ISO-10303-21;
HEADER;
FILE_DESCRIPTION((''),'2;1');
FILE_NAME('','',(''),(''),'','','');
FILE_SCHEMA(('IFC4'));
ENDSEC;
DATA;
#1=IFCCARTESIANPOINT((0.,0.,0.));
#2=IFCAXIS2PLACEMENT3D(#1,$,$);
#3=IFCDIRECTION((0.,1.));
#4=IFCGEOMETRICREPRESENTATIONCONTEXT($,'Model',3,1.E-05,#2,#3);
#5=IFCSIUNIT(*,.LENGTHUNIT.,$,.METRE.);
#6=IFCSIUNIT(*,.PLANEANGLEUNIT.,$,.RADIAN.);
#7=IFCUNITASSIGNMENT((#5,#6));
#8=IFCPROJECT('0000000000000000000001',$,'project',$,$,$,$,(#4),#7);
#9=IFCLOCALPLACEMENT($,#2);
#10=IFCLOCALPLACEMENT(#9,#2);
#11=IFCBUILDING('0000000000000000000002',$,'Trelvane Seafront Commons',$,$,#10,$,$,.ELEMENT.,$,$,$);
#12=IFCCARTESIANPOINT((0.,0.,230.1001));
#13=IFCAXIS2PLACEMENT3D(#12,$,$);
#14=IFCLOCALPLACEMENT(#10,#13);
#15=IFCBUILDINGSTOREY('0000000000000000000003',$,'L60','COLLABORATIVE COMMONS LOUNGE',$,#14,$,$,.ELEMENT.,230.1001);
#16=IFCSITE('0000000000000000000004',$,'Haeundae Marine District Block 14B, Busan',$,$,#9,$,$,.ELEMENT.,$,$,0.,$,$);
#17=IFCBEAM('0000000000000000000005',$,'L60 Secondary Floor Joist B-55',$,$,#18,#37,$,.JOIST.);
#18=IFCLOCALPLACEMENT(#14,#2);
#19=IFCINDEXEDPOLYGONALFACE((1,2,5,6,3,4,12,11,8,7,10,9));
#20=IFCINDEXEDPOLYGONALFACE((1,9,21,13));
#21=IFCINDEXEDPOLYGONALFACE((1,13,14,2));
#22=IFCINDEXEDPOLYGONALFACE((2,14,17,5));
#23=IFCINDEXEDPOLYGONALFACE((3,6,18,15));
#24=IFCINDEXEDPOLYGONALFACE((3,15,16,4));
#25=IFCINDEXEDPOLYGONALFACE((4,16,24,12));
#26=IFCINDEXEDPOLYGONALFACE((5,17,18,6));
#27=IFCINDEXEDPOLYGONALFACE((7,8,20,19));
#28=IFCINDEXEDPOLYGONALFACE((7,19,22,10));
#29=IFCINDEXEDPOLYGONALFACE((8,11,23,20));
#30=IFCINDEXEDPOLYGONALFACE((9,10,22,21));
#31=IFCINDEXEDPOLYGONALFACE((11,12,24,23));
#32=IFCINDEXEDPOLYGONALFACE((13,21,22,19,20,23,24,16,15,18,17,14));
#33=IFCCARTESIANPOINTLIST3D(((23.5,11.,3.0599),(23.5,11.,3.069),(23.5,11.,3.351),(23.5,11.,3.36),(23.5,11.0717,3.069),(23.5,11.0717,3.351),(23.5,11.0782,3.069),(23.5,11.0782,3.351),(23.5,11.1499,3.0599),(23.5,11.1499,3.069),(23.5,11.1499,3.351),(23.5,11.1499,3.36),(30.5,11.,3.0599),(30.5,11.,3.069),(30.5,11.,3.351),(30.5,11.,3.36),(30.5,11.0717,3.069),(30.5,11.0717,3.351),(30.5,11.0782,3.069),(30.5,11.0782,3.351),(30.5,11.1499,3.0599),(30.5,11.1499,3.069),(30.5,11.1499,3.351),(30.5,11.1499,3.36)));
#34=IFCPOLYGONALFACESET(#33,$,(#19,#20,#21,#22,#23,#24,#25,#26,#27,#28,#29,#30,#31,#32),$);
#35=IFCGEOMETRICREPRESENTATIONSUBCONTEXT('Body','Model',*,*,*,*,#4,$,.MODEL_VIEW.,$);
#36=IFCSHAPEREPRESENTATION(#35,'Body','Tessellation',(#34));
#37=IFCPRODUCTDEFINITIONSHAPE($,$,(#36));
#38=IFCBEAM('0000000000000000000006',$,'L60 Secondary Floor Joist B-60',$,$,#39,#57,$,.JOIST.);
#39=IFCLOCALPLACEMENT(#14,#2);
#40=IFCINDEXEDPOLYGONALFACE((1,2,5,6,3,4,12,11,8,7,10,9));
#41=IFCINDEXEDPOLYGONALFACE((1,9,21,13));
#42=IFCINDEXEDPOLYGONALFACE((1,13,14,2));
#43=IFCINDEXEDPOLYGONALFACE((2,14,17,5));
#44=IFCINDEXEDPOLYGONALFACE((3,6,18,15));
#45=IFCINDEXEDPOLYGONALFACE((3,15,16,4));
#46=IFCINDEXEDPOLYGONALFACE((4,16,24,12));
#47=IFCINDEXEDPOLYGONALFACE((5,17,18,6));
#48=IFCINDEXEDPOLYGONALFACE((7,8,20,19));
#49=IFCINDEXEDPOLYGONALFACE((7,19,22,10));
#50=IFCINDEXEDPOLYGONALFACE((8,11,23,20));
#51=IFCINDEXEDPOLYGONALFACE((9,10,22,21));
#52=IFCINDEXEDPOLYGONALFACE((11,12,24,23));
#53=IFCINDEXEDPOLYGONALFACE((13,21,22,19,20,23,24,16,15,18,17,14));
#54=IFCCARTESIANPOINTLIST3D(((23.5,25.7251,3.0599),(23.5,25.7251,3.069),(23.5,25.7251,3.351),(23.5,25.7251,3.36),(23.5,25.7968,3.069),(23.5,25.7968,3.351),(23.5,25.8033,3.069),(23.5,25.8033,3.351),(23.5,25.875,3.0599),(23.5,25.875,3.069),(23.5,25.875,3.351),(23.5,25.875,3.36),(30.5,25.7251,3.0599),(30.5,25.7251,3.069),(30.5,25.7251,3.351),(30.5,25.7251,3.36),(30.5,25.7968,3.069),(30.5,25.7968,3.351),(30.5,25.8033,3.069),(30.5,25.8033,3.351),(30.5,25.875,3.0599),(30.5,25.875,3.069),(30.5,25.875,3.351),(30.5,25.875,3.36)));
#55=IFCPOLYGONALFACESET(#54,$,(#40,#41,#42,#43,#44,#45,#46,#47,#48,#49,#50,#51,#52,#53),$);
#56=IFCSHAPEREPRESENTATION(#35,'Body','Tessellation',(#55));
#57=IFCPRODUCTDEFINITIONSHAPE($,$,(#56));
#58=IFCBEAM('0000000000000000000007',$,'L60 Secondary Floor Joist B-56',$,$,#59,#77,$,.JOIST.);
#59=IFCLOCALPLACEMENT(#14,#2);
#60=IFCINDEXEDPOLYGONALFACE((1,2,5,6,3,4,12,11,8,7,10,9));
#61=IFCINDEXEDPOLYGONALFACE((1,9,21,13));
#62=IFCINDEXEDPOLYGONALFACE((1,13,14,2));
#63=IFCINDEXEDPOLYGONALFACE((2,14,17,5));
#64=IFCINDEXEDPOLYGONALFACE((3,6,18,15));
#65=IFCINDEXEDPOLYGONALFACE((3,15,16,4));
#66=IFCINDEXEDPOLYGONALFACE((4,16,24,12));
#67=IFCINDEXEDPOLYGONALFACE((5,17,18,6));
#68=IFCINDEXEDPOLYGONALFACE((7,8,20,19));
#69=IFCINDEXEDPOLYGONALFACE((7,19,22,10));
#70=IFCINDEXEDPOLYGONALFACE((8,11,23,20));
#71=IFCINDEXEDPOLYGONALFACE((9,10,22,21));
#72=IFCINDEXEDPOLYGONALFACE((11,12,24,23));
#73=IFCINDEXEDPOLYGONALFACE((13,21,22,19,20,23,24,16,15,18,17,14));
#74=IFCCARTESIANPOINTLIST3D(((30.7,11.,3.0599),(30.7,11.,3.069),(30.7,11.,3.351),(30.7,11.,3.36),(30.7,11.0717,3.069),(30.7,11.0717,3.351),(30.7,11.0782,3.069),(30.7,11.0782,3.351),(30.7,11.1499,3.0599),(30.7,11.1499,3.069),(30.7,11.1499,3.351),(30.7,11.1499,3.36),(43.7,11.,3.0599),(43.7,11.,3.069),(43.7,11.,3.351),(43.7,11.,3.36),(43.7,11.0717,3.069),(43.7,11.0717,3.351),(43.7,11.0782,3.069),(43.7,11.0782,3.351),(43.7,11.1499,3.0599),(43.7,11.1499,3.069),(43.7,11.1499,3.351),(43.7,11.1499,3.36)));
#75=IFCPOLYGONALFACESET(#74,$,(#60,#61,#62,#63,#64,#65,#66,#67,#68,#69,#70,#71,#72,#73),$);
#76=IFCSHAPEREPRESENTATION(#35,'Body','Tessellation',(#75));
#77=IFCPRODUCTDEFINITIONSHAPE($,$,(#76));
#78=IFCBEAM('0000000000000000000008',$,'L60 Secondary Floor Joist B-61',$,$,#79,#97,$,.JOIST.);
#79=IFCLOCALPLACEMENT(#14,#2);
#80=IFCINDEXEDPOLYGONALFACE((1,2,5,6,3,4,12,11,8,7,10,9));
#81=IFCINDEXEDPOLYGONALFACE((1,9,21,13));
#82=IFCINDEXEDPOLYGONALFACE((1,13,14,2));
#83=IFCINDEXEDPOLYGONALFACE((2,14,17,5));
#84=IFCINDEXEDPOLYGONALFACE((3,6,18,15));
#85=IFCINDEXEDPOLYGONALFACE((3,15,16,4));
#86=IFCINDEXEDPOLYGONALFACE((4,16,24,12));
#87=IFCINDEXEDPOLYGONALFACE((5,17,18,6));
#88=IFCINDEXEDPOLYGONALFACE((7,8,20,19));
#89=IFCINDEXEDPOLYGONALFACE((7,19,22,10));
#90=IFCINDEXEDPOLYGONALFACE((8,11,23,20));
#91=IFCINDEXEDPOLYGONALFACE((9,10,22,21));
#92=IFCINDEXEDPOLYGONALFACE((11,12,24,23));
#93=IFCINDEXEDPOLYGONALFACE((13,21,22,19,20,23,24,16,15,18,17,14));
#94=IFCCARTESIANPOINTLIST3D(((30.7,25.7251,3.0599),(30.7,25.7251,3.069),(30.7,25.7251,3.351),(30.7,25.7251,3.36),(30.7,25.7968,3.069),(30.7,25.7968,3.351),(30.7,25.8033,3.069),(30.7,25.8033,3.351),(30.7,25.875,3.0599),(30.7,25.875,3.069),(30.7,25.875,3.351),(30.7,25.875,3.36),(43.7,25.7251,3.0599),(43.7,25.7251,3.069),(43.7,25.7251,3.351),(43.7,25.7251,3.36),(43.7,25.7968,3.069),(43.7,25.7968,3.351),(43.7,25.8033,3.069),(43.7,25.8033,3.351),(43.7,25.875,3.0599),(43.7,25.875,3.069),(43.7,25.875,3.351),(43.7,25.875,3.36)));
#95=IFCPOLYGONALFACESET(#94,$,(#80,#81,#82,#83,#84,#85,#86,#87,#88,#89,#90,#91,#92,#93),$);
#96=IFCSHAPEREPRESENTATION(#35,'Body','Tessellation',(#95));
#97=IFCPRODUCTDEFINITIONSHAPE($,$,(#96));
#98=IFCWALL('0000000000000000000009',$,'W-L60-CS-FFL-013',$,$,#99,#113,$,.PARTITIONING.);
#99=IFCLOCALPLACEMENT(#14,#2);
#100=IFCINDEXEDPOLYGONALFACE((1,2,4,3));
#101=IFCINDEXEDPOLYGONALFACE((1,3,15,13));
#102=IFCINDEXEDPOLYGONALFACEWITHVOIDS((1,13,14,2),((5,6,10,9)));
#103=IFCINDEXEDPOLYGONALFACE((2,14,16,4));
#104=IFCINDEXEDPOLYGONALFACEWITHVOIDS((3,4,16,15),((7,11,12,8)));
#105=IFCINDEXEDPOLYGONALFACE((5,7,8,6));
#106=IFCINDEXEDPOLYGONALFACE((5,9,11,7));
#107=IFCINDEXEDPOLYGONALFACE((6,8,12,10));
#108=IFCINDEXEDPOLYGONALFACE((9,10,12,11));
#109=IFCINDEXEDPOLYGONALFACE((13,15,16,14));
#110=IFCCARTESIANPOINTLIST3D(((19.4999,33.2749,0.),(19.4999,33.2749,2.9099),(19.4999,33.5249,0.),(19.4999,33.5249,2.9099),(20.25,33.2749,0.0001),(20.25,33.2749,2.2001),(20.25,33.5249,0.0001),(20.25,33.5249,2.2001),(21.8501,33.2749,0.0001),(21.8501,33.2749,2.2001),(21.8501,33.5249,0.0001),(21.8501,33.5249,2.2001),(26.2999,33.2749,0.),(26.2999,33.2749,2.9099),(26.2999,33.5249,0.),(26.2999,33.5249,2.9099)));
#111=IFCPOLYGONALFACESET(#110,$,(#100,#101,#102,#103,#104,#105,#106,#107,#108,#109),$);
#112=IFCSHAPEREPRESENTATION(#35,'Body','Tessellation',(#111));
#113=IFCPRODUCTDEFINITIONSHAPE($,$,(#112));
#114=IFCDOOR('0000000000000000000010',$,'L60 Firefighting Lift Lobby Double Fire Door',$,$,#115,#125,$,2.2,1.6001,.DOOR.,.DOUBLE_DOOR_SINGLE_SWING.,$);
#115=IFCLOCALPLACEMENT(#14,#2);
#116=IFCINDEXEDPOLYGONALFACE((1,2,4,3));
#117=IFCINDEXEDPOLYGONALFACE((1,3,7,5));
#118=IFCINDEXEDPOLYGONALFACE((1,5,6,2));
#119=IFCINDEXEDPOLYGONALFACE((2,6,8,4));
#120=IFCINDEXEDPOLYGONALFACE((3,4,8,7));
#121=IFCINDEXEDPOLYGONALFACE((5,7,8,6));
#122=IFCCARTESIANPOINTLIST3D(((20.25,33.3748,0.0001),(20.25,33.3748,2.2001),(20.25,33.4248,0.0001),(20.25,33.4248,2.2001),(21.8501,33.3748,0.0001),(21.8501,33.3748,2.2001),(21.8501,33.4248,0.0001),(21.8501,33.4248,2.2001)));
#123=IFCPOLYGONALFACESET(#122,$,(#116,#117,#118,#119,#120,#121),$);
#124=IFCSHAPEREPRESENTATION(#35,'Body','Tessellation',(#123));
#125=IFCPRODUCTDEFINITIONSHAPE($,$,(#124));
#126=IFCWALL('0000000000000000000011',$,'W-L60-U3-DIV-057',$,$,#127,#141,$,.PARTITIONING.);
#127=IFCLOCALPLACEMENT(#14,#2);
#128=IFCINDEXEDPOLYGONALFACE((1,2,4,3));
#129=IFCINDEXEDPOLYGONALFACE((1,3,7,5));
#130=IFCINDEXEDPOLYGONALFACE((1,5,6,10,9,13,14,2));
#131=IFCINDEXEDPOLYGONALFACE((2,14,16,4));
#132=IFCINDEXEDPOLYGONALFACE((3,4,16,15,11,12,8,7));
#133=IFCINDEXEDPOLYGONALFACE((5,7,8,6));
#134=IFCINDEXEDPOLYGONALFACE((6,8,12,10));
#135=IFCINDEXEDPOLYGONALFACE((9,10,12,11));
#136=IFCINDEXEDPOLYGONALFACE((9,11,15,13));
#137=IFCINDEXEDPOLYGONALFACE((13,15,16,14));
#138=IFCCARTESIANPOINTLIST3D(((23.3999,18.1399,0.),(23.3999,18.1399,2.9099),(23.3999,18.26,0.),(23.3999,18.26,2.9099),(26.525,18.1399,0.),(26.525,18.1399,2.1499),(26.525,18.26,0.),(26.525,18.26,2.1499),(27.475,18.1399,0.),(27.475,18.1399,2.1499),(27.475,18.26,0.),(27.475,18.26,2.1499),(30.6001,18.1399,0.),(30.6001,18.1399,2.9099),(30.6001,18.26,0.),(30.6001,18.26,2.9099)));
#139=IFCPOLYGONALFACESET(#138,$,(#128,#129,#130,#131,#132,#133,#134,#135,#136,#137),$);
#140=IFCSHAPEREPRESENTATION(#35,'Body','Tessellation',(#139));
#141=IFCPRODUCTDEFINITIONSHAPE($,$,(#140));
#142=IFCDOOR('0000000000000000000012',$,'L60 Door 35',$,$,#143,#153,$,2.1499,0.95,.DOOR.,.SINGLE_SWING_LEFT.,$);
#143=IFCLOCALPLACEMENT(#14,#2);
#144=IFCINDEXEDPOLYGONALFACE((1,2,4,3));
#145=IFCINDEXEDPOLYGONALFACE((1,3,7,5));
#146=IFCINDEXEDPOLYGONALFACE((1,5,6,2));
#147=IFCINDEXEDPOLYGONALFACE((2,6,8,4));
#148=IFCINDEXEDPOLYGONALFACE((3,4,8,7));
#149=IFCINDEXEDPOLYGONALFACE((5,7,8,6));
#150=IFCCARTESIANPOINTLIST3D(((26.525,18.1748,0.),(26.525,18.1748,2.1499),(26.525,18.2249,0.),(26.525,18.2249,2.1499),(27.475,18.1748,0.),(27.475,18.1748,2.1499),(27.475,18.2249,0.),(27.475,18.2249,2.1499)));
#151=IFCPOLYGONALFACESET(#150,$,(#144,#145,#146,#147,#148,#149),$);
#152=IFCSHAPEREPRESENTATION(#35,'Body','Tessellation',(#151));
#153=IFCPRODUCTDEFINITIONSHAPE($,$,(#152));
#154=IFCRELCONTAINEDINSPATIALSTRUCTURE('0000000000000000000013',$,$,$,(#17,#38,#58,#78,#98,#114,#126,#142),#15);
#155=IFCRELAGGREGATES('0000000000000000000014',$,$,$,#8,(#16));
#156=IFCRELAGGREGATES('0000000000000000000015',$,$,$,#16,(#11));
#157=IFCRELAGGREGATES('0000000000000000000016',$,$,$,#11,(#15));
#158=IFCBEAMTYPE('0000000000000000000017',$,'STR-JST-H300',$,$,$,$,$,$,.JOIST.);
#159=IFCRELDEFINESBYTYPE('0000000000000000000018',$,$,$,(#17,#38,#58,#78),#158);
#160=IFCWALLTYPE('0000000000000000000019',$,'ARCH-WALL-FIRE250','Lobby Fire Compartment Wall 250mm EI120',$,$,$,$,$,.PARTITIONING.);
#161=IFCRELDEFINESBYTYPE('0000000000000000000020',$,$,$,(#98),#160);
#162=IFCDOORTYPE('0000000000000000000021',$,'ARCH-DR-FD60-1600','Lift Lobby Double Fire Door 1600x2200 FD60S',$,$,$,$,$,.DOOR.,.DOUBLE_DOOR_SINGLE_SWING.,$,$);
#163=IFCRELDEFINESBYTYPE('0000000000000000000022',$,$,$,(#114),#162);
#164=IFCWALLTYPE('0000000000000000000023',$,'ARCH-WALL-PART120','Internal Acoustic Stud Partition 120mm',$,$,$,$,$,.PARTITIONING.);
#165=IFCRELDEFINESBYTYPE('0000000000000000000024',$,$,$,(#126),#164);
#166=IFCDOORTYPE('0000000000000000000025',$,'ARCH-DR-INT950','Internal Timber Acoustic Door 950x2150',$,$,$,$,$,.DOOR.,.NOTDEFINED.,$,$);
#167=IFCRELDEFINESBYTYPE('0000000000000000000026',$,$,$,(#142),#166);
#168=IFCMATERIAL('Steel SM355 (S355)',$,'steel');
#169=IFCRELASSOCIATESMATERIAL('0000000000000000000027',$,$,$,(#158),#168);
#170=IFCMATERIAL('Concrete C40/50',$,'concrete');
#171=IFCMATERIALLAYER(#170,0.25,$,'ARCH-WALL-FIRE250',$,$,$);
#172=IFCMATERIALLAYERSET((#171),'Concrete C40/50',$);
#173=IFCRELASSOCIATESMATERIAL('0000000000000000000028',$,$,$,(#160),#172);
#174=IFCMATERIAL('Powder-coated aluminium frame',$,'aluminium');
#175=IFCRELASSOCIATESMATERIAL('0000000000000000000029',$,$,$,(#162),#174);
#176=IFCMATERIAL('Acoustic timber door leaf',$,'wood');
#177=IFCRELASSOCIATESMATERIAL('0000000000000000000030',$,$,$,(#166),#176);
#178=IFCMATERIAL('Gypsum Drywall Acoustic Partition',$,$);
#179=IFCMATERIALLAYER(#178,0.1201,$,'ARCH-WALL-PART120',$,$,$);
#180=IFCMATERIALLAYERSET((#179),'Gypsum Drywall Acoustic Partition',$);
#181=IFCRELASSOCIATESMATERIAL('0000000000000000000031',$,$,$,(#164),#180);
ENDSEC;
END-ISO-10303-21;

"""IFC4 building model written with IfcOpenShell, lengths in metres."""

from ifc_helpers import new_model, si_unit, direction, frame, frame_2d, origin, origin_2d, place, context, subcontext, project, spatial, rectangle, i_section, extrude, source, transform, mapped, material, layer, layer_set, material_profile, profile_set, type_object, element, fill, save


model = new_model("IFC4")

# Units and contexts
model_context = context("Model", 3, precision=1e-05, world=origin(), true_north=direction((0.0, 1.0)))
body_context = subcontext(model_context, "Body", "Model", "MODEL_VIEW")
ifc_project = project(units=[si_unit("LENGTHUNIT", "METRE"), si_unit("PLANEANGLEUNIT", "RADIAN")], contexts=[model_context])

# Site, building, storey
site_placement = place(None, origin())
site = spatial("IfcSite", under=ifc_project, at=site_placement, Name="Haeundae Marine District Block 14B, Busan", CompositionType="ELEMENT", RefElevation=0.0)
building_placement = place(site_placement, origin())
building = spatial("IfcBuilding", under=site, at=building_placement, Name="Trelvane Seafront Commons", CompositionType="ELEMENT")
storey_placement = place(building_placement, frame((0.0, 0.0, 230.1001)))
storey = spatial("IfcBuildingStorey", under=building, at=storey_placement, Name="L60", Description="COLLABORATIVE COMMONS LOUNGE", CompositionType="ELEMENT", Elevation=230.1001)

# Shared definitions
ifc_material_1 = material(Name="Steel SM355 (S355)", Category="steel")

# Beams
ifc_material_profile_1 = material_profile(ifc_material_1, i_section(OverallWidth=0.1499, OverallDepth=0.3, WebThickness=0.0066, FlangeThickness=0.009, at=origin_2d()), Name="H-300x150x6.5x9")
ifc_profile_set_1 = profile_set([ifc_material_profile_1], Name="Steel SM355 (S355)")
beam_type_1 = type_object("IfcBeamType", Name="STR-JST-H300", PredefinedType="JOIST", material=ifc_profile_set_1)
shared_shape_1 = source(origin(), body_context, "Body", "SweptSolid", [
    extrude(i_section(OverallWidth=0.1499, OverallDepth=0.3, WebThickness=0.0066, FlangeThickness=0.009, at=origin_2d()), origin(), (0.0, 0.0, 1.0), 7.0),
])
for number, where, z_axis, x_axis, name in (
    (1, (23.5, 11.075, 3.21), (1.0, 0.0, 0.0), (0.0, 1.0, 0.0), "L60 Secondary Floor Joist B-55"),
    (2, (23.5, 25.8, 3.21), (1.0, 0.0, 0.0), (0.0, 1.0, 0.0), "L60 Secondary Floor Joist B-60"),
):
    element("IfcBeam", number, at=place(storey_placement, frame(where, z_axis=z_axis, x_axis=x_axis)), inside=storey, type_object=beam_type_1, Name=name, PredefinedType="JOIST", context=body_context, shape_type="MappedRepresentation", body=[
        mapped(shared_shape_1, transform((0.0, 0.0, 0.0), x_axis=(1.0, 0.0, 0.0), y_axis=(0.0, 1.0, 0.0), z_axis=(0.0, 0.0, 1.0), scale=1.0)),
    ])
shared_shape_2 = source(origin(), body_context, "Body", "SweptSolid", [
    extrude(i_section(OverallWidth=0.1499, OverallDepth=0.3, WebThickness=0.0066, FlangeThickness=0.009, at=origin_2d()), origin(), (0.0, 0.0, 1.0), 13.0),
])
for number, where, z_axis, x_axis, name in (
    (3, (30.7, 11.075, 3.21), (1.0, 0.0, 0.0), (0.0, 1.0, 0.0), "L60 Secondary Floor Joist B-56"),
    (4, (30.7, 25.8, 3.21), (1.0, 0.0, 0.0), (0.0, 1.0, 0.0), "L60 Secondary Floor Joist B-61"),
):
    element("IfcBeam", number, at=place(storey_placement, frame(where, z_axis=z_axis, x_axis=x_axis)), inside=storey, type_object=beam_type_1, Name=name, PredefinedType="JOIST", context=body_context, shape_type="MappedRepresentation", body=[
        mapped(shared_shape_2, transform((0.0, 0.0, 0.0), x_axis=(1.0, 0.0, 0.0), y_axis=(0.0, 1.0, 0.0), z_axis=(0.0, 0.0, 1.0), scale=1.0)),
    ])

# Walls, openings, doors
ifc_material_2 = material(Name="Concrete C40/50", Category="concrete")
ifc_layer_1 = layer(ifc_material_2, 0.25, Name="ARCH-WALL-FIRE250")
ifc_layer_set_1 = layer_set([ifc_layer_1], Name="Concrete C40/50")
wall_type_1 = type_object("IfcWallType", Name="ARCH-WALL-FIRE250", Description="Lobby Fire Compartment Wall 250mm EI120", PredefinedType="PARTITIONING", material=ifc_layer_set_1)
wall_1_placement = place(storey_placement, frame((19.5, 33.3999, 0.0), z_axis=(0.0, 0.0, 1.0), x_axis=(1.0, 0.0, 0.0)))
wall_1 = element("IfcWall", 5, at=wall_1_placement, inside=storey, type_object=wall_type_1, Name="W-L60-CS-FFL-013", PredefinedType="PARTITIONING", context=body_context, shape_type="SweptSolid", body=[
    extrude(rectangle(XDim=6.8, YDim=0.25, at=frame_2d((3.3999, 0.0))), origin(), (0.0, 0.0, 1.0), 2.9099),
])
opening_1_placement = place(wall_1_placement, frame((0.75, 0.0, 0.0)))
opening_1 = element("IfcOpeningElement", 6, at=opening_1_placement, cuts=wall_1, PredefinedType="OPENING", context=body_context, shape_type="SweptSolid", body=[
    extrude(rectangle(XDim=1.6001, YDim=2.2, at=frame_2d((0.8, 1.1001))), frame((0.0, 0.135, 0.0), z_axis=(0.0, -1.0, 0.0), x_axis=(1.0, 0.0, 0.0)), (0.0, 0.0, 1.0), 0.27),
])
ifc_material_3 = material(Name="Powder-coated aluminium frame", Category="aluminium")
door_type_1 = type_object("IfcDoorType", Name="ARCH-DR-FD60-1600", Description="Lift Lobby Double Fire Door 1600x2200 FD60S", OperationType="DOUBLE_DOOR_SINGLE_SWING", PredefinedType="DOOR", material=ifc_material_3)
shared_shape_3 = source(origin(), body_context, "Body", "SweptSolid", [
    extrude(rectangle(XDim=1.6001, YDim=2.2, at=frame_2d((0.8, 1.1001))), frame((0.0, 0.0249, 0.0), z_axis=(0.0, -1.0, 0.0), x_axis=(1.0, 0.0, 0.0)), (0.0, 0.0, 1.0), 0.05),
])
door_1_placement = place(opening_1_placement, origin())
door_1 = element("IfcDoor", 7, at=door_1_placement, inside=storey, type_object=door_type_1, Name="L60 Firefighting Lift Lobby Double Fire Door", OperationType="DOUBLE_DOOR_SINGLE_SWING", OverallHeight=2.2, OverallWidth=1.6001, PredefinedType="DOOR", context=body_context, shape_type="MappedRepresentation", body=[
    mapped(shared_shape_3, transform((0.0, 0.0, 0.0), x_axis=(1.0, 0.0, 0.0), y_axis=(0.0, 1.0, 0.0), z_axis=(0.0, 0.0, 1.0), scale=1.0)),
])
fill(opening_1, door_1)
ifc_material_4 = material(Name="Acoustic timber door leaf", Category="wood")
door_type_2 = type_object("IfcDoorType", Name="ARCH-DR-INT950", Description="Internal Timber Acoustic Door 950x2150", OperationType="NOTDEFINED", PredefinedType="DOOR", material=ifc_material_4)
shared_shape_4 = source(origin(), body_context, "Body", "SweptSolid", [
    extrude(rectangle(XDim=0.95, YDim=2.1499, at=frame_2d((0.4751, 1.075))), frame((0.0, 0.0249, 0.0), z_axis=(0.0, -1.0, 0.0), x_axis=(1.0, 0.0, 0.0)), (0.0, 0.0, 1.0), 0.05),
])
ifc_material_5 = material(Name="Gypsum Drywall Acoustic Partition")
ifc_layer_2 = layer(ifc_material_5, 0.1201, Name="ARCH-WALL-PART120")
ifc_layer_set_2 = layer_set([ifc_layer_2], Name="Gypsum Drywall Acoustic Partition")
wall_type_2 = type_object("IfcWallType", Name="ARCH-WALL-PART120", Description="Internal Acoustic Stud Partition 120mm", PredefinedType="PARTITIONING", material=ifc_layer_set_2)
wall_2_placement = place(storey_placement, frame((23.3999, 18.2, 0.0), z_axis=(0.0, 0.0, 1.0), x_axis=(1.0, 0.0, 0.0)))
wall_2 = element("IfcWall", 8, at=wall_2_placement, inside=storey, type_object=wall_type_2, Name="W-L60-U3-DIV-057", PredefinedType="PARTITIONING", context=body_context, shape_type="SweptSolid", body=[
    extrude(rectangle(XDim=7.2002, YDim=0.1201, at=frame_2d((3.6001, 0.0))), origin(), (0.0, 0.0, 1.0), 2.9099),
])
opening_2_placement = place(wall_2_placement, frame((3.125, 0.0, 0.0)))
opening_2 = element("IfcOpeningElement", 9, at=opening_2_placement, cuts=wall_2, PredefinedType="OPENING", context=body_context, shape_type="SweptSolid", body=[
    extrude(rectangle(XDim=0.95, YDim=2.1499, at=frame_2d((0.4751, 1.075))), frame((0.0, 0.0701, 0.0), z_axis=(0.0, -1.0, 0.0), x_axis=(1.0, 0.0, 0.0)), (0.0, 0.0, 1.0), 0.1401),
])
door_2_placement = place(opening_2_placement, origin())
door_2 = element("IfcDoor", 10, at=door_2_placement, inside=storey, type_object=door_type_2, Name="L60 Door 35", OperationType="SINGLE_SWING_LEFT", OverallHeight=2.1499, OverallWidth=0.95, PredefinedType="DOOR", context=body_context, shape_type="MappedRepresentation", body=[
    mapped(shared_shape_4, transform((0.0, 0.0, 0.0), x_axis=(1.0, 0.0, 0.0), y_axis=(0.0, 1.0, 0.0), z_axis=(0.0, 0.0, 1.0), scale=1.0)),
])
fill(opening_2, door_2)

save(model, "model.ifc")
